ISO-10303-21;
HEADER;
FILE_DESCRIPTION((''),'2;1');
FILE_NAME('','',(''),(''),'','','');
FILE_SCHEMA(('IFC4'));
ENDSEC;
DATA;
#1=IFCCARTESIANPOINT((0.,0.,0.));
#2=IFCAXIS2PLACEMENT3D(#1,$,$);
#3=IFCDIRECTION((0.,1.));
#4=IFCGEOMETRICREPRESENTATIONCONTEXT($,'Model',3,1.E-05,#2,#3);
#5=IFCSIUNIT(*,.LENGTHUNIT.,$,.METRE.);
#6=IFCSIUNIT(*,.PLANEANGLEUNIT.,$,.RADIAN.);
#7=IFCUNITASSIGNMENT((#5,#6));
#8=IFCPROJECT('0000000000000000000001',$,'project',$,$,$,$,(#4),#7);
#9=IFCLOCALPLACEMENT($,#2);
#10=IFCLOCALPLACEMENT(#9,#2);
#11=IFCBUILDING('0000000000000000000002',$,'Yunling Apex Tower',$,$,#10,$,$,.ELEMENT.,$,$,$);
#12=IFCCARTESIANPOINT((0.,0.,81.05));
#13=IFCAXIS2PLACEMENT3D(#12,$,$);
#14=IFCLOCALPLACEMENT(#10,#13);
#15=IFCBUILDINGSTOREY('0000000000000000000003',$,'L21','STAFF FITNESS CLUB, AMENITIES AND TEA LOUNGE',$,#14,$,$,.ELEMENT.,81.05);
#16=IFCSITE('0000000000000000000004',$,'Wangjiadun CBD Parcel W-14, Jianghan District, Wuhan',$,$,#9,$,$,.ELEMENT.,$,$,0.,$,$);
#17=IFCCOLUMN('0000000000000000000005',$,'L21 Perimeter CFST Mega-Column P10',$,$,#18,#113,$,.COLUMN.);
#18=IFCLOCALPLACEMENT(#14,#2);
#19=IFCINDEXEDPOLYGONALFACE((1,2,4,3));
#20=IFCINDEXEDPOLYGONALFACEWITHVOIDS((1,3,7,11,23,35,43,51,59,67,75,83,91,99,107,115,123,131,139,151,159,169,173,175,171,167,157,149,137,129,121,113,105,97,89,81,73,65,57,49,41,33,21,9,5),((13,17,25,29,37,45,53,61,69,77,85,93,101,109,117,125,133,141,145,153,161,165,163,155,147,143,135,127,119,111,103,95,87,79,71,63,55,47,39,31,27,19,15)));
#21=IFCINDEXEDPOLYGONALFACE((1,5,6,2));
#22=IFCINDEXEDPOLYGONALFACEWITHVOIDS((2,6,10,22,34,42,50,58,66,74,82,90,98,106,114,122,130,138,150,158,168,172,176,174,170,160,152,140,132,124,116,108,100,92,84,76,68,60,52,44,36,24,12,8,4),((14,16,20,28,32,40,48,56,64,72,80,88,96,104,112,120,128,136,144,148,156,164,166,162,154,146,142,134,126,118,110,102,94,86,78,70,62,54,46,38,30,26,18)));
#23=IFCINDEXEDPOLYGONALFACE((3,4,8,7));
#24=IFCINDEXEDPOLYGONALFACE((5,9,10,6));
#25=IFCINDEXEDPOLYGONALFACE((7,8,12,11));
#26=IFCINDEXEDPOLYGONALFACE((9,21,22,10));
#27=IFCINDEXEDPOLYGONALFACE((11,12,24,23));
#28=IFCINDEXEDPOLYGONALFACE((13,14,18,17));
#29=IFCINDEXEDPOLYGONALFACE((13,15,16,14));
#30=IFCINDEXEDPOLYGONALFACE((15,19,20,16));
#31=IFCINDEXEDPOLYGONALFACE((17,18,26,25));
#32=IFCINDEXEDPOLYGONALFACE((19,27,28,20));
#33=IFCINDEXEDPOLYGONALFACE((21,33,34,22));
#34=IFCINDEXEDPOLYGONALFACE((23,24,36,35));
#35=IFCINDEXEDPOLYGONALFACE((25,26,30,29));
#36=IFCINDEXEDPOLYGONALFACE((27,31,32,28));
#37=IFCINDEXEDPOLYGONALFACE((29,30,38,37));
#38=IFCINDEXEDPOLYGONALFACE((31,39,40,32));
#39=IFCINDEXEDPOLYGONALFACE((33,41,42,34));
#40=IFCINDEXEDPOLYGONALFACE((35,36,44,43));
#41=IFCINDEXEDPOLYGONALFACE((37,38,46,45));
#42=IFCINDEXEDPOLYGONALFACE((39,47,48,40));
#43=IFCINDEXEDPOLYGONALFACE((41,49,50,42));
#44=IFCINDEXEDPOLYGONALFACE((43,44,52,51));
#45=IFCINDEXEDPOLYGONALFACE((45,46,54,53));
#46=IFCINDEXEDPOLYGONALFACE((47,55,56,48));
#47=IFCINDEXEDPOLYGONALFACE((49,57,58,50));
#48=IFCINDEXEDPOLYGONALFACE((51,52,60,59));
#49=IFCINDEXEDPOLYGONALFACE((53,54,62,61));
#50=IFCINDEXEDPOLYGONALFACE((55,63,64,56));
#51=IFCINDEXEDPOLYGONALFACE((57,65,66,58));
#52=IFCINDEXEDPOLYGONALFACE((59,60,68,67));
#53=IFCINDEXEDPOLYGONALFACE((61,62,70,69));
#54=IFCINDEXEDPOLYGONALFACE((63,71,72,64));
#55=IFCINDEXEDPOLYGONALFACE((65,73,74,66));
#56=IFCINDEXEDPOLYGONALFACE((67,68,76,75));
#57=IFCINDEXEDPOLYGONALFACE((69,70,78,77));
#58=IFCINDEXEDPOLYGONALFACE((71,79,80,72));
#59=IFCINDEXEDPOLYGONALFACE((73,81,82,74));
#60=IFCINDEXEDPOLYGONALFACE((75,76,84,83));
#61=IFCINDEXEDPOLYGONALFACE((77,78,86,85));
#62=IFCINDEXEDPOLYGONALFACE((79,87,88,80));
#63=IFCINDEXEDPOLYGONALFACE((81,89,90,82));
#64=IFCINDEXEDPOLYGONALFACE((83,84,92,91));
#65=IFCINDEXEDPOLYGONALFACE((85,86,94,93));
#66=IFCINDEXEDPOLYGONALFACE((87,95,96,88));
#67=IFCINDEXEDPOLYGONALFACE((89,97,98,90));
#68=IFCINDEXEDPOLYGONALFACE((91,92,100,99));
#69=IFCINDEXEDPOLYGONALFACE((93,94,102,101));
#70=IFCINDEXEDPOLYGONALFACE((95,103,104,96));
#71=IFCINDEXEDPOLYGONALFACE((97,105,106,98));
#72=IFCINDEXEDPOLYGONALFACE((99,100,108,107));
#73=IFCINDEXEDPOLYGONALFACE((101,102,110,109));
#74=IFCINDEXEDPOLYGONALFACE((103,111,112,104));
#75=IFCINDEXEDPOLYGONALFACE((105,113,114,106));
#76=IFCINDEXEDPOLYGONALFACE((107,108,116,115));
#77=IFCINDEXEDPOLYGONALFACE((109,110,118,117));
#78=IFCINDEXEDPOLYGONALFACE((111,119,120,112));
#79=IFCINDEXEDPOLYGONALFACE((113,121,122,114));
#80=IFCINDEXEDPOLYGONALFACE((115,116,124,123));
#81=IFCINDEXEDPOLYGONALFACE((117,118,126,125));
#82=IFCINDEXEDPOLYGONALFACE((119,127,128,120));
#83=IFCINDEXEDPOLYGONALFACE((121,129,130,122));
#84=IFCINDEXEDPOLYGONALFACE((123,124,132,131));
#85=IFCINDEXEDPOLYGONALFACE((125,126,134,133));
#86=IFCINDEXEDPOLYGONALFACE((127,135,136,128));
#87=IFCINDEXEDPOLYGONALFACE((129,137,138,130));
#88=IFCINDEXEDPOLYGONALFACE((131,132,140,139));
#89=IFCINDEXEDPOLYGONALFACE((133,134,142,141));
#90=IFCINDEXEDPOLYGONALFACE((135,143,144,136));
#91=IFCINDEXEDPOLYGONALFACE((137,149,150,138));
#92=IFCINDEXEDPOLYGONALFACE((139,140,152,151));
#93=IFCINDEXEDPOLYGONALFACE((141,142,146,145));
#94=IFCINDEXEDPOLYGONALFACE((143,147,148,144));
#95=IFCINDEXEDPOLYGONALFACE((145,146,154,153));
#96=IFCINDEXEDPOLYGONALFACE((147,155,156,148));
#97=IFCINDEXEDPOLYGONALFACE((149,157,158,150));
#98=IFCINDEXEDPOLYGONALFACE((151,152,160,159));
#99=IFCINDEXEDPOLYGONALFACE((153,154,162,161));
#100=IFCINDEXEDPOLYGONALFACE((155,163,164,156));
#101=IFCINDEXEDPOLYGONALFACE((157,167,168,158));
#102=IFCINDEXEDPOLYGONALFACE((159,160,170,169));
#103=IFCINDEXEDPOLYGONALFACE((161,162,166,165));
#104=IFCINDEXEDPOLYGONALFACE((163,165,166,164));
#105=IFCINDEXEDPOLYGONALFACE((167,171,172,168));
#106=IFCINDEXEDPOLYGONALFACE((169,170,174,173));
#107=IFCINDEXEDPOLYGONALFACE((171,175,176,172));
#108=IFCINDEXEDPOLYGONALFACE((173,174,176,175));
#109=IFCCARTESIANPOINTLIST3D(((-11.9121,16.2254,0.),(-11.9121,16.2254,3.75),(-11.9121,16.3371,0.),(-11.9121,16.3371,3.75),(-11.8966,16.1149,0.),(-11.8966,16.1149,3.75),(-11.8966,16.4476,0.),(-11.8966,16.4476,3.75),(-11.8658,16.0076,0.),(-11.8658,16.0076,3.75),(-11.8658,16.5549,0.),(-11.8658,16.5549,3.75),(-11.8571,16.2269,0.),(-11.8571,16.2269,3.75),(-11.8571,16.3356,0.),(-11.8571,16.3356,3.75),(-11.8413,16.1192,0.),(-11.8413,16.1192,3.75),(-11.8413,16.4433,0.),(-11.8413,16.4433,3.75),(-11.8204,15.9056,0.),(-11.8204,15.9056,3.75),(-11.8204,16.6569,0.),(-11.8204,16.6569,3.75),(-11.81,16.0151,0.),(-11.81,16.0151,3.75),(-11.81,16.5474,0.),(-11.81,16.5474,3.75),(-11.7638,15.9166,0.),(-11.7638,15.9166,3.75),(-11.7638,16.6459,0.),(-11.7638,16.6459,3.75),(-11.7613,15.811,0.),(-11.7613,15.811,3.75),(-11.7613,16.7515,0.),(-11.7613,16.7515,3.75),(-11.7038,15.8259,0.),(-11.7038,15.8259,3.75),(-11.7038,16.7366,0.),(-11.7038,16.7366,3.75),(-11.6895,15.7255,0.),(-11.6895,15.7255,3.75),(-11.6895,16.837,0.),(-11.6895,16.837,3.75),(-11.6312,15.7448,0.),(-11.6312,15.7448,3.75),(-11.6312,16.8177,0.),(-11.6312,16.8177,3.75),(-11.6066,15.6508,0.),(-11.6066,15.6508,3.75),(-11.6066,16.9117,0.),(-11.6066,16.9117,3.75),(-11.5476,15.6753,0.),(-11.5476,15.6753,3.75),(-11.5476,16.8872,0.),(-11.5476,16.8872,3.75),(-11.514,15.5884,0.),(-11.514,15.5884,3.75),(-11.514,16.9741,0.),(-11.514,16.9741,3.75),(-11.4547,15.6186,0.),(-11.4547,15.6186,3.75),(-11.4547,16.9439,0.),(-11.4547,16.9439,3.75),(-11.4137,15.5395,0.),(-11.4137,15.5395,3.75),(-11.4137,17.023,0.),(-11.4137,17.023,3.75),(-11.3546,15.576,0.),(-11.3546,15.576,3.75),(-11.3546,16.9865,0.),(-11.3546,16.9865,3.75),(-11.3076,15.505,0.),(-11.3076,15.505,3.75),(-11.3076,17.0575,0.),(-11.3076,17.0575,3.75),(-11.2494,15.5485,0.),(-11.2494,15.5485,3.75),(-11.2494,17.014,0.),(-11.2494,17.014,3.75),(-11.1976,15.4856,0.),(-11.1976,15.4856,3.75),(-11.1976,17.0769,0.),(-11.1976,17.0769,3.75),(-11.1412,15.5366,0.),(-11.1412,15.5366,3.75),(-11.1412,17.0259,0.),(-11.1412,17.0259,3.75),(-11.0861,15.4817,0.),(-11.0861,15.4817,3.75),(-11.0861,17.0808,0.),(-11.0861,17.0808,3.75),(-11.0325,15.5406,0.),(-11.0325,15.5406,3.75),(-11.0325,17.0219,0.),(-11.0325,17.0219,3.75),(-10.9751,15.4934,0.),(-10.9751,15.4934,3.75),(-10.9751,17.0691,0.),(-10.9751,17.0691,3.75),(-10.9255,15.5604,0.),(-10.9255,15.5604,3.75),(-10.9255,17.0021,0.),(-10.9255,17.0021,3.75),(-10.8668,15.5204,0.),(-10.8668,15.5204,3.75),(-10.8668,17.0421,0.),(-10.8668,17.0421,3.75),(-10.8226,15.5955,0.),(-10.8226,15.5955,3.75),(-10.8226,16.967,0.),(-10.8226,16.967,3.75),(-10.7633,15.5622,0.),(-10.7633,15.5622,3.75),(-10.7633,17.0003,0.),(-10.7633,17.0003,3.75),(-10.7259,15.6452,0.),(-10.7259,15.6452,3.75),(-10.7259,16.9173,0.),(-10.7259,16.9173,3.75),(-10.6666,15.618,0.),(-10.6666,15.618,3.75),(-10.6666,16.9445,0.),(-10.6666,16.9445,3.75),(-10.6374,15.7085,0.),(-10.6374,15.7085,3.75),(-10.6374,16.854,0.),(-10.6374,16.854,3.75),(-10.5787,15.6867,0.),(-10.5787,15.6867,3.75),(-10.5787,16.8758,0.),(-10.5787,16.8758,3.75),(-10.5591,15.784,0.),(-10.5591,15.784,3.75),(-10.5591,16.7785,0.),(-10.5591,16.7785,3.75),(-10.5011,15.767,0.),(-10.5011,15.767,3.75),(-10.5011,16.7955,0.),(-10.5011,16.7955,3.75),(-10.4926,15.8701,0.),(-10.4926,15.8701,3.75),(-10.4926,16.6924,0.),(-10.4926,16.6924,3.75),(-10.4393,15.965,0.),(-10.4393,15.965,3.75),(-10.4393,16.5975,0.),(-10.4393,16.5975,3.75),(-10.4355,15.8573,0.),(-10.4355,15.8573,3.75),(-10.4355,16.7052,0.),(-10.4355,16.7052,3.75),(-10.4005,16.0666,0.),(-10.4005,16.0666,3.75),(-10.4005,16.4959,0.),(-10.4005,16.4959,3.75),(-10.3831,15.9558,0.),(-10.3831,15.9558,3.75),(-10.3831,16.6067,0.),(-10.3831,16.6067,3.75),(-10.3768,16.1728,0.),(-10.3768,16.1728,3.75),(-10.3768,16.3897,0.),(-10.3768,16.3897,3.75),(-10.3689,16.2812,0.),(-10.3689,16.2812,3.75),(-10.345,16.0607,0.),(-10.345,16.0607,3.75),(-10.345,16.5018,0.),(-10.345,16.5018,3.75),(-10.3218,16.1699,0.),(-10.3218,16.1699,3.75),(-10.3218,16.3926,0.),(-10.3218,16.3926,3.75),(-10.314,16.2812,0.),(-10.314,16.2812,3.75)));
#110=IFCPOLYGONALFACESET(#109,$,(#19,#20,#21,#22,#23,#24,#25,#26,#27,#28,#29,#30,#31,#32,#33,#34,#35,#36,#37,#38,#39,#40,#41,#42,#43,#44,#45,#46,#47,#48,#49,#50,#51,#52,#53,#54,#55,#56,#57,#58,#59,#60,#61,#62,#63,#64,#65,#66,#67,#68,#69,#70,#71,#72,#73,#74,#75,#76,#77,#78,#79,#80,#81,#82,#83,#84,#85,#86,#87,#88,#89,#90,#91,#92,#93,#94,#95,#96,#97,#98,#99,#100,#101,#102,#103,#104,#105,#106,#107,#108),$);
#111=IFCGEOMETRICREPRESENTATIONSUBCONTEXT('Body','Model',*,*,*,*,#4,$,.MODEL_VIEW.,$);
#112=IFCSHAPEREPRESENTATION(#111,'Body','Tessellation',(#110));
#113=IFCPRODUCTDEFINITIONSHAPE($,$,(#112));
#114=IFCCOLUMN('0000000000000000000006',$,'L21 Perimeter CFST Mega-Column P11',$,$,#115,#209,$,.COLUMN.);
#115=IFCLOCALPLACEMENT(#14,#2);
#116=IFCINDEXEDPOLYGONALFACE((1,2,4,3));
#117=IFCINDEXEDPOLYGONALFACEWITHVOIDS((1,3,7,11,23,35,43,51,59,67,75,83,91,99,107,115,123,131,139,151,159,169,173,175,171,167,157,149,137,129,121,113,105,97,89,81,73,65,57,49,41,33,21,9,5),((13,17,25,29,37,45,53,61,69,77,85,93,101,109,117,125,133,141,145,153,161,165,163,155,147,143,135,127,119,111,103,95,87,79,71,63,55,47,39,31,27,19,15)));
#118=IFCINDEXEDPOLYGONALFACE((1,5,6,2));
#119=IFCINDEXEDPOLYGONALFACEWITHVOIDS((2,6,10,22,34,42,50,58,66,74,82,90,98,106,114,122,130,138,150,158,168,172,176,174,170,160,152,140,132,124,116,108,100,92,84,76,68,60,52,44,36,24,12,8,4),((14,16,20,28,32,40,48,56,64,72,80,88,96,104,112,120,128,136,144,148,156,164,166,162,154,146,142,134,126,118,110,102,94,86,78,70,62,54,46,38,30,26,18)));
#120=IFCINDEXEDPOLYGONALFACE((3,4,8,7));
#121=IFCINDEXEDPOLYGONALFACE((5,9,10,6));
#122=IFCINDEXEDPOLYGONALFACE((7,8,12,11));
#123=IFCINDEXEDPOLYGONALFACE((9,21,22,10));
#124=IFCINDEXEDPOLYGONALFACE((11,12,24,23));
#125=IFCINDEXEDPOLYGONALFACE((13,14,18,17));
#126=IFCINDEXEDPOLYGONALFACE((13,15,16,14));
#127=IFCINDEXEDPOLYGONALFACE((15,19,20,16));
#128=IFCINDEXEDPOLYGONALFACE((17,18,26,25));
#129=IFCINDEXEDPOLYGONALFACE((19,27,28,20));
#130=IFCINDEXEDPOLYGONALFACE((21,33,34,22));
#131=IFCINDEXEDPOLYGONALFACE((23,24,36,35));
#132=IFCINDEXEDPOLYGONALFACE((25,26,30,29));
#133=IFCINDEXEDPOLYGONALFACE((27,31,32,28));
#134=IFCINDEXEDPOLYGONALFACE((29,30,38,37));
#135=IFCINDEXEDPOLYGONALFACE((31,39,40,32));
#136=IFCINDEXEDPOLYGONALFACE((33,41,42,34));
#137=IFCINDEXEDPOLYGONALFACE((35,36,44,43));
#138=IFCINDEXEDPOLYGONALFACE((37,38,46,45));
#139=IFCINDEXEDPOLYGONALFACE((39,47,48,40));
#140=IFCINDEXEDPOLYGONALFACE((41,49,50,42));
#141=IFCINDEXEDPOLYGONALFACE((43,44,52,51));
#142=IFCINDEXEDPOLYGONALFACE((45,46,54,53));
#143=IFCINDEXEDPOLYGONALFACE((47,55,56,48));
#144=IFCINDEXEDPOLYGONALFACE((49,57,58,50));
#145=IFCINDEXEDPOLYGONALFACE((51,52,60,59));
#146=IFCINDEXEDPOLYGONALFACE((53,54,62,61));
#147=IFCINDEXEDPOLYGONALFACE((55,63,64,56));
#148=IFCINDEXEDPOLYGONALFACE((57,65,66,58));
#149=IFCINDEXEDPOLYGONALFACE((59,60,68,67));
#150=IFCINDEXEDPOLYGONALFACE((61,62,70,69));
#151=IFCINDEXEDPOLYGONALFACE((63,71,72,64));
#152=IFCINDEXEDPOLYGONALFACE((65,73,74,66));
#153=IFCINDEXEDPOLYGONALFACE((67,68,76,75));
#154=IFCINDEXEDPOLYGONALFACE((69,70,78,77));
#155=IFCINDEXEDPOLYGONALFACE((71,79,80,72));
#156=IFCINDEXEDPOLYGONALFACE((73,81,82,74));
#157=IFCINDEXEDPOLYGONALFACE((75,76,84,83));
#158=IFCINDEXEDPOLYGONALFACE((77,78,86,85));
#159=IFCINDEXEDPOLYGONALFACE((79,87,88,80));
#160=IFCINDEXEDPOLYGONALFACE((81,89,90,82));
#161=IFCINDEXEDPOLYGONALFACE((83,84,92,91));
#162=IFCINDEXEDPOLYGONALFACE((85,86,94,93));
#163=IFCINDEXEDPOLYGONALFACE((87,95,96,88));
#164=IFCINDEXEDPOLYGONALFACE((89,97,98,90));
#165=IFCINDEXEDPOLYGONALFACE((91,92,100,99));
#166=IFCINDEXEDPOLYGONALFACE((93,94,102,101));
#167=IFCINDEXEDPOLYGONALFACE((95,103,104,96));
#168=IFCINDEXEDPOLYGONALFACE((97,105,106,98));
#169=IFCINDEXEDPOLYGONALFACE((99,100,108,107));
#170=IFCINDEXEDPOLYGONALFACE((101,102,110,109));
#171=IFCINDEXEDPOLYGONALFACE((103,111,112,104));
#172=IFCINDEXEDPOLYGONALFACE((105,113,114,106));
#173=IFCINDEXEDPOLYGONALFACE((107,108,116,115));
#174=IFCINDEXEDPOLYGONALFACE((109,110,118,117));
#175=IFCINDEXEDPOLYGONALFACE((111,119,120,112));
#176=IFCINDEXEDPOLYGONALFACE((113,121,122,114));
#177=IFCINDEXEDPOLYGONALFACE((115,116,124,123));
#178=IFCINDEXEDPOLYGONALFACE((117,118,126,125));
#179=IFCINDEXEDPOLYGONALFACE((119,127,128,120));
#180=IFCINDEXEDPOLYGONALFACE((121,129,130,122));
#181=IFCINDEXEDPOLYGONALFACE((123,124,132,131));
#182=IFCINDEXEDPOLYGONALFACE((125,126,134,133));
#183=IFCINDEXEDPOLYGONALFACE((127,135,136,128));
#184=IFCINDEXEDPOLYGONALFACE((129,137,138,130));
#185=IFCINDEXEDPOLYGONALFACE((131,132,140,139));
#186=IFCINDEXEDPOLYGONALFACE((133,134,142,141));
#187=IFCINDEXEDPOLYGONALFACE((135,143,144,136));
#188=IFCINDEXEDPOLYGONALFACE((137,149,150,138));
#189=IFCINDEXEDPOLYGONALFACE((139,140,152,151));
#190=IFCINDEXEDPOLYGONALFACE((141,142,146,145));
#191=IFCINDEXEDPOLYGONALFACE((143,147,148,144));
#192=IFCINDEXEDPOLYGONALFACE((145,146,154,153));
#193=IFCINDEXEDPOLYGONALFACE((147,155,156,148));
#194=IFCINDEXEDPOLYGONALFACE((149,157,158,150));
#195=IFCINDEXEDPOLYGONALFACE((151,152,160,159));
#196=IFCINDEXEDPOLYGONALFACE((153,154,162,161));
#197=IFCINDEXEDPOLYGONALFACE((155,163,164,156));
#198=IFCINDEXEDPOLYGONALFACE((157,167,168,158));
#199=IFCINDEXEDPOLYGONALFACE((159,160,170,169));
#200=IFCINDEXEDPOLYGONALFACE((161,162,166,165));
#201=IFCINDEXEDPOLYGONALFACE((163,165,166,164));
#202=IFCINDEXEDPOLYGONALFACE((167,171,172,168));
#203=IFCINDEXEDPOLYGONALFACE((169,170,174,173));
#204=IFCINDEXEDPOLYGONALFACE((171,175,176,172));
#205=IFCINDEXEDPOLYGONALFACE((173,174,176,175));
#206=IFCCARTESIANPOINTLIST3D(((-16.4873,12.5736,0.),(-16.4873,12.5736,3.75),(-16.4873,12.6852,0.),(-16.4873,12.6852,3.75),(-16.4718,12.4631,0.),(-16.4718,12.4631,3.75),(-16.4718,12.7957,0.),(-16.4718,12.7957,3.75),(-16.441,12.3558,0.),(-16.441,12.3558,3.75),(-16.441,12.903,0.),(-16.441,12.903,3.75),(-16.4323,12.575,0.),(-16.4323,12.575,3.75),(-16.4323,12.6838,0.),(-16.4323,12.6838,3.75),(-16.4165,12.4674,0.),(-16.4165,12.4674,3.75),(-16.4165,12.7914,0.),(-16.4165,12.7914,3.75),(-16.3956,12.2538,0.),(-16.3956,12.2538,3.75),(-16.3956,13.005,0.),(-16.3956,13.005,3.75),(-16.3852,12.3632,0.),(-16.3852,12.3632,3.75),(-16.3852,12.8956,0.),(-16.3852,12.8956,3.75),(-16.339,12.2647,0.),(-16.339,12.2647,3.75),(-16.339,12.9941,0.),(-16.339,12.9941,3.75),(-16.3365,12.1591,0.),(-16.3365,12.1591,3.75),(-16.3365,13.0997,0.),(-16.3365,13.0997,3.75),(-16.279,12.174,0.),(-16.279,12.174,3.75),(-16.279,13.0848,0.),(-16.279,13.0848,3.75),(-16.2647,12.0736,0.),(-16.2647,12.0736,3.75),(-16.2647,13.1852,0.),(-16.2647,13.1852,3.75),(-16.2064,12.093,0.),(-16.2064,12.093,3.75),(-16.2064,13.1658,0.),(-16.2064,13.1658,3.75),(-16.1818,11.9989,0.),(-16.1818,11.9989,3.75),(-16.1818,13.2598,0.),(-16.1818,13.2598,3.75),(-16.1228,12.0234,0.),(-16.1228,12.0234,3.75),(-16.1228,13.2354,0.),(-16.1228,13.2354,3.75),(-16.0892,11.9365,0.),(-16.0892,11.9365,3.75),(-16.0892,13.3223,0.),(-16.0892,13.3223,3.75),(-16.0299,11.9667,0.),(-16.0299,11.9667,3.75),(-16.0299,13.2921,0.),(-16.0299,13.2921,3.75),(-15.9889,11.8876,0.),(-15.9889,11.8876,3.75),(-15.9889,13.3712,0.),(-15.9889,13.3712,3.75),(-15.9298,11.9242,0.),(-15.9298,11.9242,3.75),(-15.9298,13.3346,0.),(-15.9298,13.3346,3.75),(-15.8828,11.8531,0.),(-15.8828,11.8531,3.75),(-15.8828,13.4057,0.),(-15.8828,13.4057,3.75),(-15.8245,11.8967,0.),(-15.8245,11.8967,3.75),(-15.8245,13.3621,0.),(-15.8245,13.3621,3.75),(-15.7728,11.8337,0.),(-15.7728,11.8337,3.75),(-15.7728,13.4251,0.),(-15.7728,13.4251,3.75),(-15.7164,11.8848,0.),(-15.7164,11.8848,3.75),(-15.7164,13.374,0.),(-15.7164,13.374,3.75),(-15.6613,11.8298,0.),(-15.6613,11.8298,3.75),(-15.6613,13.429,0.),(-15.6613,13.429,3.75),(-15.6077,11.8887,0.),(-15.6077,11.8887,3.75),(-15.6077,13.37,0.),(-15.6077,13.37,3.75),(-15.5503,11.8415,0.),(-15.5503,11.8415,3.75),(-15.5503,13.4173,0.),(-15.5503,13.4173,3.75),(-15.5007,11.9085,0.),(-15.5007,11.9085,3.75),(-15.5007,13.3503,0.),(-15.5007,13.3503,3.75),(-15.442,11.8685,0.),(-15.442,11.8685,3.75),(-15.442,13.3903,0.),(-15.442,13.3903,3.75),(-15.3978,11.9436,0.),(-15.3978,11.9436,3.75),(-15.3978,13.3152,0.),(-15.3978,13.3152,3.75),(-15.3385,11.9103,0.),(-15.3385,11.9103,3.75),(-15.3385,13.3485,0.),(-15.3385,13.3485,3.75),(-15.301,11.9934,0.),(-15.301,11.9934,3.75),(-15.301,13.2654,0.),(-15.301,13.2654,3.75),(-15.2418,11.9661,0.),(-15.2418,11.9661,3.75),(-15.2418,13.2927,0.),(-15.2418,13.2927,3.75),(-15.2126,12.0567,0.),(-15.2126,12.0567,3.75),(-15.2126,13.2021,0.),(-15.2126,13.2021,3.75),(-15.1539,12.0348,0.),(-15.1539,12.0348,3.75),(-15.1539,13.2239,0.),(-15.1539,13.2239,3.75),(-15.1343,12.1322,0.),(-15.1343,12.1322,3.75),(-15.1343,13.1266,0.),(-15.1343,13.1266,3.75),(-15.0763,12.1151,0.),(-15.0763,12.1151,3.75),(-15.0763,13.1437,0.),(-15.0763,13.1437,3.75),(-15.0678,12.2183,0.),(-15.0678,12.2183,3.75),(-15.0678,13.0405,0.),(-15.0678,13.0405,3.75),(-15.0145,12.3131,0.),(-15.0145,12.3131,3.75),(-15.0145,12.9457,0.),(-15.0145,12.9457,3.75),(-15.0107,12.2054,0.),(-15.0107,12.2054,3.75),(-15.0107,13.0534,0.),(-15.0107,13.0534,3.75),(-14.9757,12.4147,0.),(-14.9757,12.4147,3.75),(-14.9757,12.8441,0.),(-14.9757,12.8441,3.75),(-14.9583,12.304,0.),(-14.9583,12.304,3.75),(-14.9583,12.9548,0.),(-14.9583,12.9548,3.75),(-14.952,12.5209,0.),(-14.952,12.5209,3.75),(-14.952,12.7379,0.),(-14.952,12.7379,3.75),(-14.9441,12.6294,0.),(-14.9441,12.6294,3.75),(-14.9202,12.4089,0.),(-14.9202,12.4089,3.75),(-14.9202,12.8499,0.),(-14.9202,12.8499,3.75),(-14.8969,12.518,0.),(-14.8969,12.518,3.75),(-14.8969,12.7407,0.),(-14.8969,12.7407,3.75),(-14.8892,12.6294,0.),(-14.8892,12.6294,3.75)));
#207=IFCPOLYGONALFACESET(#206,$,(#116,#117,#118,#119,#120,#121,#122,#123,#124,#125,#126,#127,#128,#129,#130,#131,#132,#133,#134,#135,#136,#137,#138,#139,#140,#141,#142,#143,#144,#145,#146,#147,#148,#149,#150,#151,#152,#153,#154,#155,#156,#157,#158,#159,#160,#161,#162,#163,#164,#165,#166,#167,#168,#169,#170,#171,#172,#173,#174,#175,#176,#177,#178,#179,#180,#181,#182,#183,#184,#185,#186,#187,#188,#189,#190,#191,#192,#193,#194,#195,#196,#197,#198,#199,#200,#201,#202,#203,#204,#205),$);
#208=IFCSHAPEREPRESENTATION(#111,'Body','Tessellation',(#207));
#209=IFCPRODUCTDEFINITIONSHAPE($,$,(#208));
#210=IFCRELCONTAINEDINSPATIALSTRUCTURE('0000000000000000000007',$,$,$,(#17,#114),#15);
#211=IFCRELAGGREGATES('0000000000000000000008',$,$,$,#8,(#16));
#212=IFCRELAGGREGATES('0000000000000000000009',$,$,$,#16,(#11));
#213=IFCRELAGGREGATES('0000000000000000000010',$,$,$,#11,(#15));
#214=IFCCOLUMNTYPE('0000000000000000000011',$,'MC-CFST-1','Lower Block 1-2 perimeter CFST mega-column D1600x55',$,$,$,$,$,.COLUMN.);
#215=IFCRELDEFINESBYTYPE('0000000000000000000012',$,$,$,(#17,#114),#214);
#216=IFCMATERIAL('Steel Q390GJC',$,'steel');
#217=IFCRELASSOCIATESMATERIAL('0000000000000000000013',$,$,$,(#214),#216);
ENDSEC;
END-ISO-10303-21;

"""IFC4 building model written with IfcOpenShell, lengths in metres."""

from ifc_helpers import new_model, si_unit, direction, frame, origin, origin_2d, place, context, subcontext, project, spatial, hollow_circle, extrude, source, transform, mapped, material, material_profile, profile_set, type_object, element, save


model = new_model("IFC4")

# Units and contexts
model_context = context("Model", 3, precision=1e-05, world=origin(), true_north=direction((0.0, 1.0)))
body_context = subcontext(model_context, "Body", "Model", "MODEL_VIEW")
ifc_project = project(units=[si_unit("LENGTHUNIT", "METRE"), si_unit("PLANEANGLEUNIT", "RADIAN")], contexts=[model_context])

# Site, building, storey
site_placement = place(None, origin())
site = spatial("IfcSite", under=ifc_project, at=site_placement, Name="Wangjiadun CBD Parcel W-14, Jianghan District, Wuhan", CompositionType="ELEMENT", RefElevation=0.0)
building_placement = place(site_placement, origin())
building = spatial("IfcBuilding", under=site, at=building_placement, Name="Yunling Apex Tower", CompositionType="ELEMENT")
storey_placement = place(building_placement, frame((0.0, 0.0, 81.05)))
storey = spatial("IfcBuildingStorey", under=building, at=storey_placement, Name="L21", Description="STAFF FITNESS CLUB, AMENITIES AND TEA LOUNGE", CompositionType="ELEMENT", Elevation=81.05)

# Columns
ifc_material_1 = material(Name="Steel Q390GJC", Category="steel")
ifc_material_profile_1 = material_profile(ifc_material_1, hollow_circle(Radius=0.8, WallThickness=0.0549, at=origin_2d()))
ifc_profile_set_1 = profile_set([ifc_material_profile_1], Name="Steel Q390GJC")
column_type = type_object("IfcColumnType", Name="MC-CFST-1", Description="Lower Block 1-2 perimeter CFST mega-column D1600x55", PredefinedType="COLUMN", material=ifc_profile_set_1)
shared_shape_1 = source(origin(), body_context, "Body", "SweptSolid", [
    extrude(hollow_circle(Radius=0.8, WallThickness=0.0549, at=origin_2d()), origin(), (0.0, 0.0, 1.0), 3.75),
])
for number, where, z_axis, x_axis, name in (
    (1, (-11.114, 16.2812, 0.0), (0.0, 0.0, 1.0), (1.0, 0.0, 0.0), "L21 Perimeter CFST Mega-Column P10"),
    (2, (-15.6892, 12.6294, 0.0), (0.0, 0.0, 1.0), (1.0, 0.0, 0.0), "L21 Perimeter CFST Mega-Column P11"),
):
    element("IfcColumn", number, at=place(storey_placement, frame(where, z_axis=z_axis, x_axis=x_axis)), inside=storey, type_object=column_type, Name=name, PredefinedType="COLUMN", context=body_context, shape_type="MappedRepresentation", body=[
        mapped(shared_shape_1, transform((0.0, 0.0, 0.0), scale=1.0)),
    ])

save(model, "model.ifc")
